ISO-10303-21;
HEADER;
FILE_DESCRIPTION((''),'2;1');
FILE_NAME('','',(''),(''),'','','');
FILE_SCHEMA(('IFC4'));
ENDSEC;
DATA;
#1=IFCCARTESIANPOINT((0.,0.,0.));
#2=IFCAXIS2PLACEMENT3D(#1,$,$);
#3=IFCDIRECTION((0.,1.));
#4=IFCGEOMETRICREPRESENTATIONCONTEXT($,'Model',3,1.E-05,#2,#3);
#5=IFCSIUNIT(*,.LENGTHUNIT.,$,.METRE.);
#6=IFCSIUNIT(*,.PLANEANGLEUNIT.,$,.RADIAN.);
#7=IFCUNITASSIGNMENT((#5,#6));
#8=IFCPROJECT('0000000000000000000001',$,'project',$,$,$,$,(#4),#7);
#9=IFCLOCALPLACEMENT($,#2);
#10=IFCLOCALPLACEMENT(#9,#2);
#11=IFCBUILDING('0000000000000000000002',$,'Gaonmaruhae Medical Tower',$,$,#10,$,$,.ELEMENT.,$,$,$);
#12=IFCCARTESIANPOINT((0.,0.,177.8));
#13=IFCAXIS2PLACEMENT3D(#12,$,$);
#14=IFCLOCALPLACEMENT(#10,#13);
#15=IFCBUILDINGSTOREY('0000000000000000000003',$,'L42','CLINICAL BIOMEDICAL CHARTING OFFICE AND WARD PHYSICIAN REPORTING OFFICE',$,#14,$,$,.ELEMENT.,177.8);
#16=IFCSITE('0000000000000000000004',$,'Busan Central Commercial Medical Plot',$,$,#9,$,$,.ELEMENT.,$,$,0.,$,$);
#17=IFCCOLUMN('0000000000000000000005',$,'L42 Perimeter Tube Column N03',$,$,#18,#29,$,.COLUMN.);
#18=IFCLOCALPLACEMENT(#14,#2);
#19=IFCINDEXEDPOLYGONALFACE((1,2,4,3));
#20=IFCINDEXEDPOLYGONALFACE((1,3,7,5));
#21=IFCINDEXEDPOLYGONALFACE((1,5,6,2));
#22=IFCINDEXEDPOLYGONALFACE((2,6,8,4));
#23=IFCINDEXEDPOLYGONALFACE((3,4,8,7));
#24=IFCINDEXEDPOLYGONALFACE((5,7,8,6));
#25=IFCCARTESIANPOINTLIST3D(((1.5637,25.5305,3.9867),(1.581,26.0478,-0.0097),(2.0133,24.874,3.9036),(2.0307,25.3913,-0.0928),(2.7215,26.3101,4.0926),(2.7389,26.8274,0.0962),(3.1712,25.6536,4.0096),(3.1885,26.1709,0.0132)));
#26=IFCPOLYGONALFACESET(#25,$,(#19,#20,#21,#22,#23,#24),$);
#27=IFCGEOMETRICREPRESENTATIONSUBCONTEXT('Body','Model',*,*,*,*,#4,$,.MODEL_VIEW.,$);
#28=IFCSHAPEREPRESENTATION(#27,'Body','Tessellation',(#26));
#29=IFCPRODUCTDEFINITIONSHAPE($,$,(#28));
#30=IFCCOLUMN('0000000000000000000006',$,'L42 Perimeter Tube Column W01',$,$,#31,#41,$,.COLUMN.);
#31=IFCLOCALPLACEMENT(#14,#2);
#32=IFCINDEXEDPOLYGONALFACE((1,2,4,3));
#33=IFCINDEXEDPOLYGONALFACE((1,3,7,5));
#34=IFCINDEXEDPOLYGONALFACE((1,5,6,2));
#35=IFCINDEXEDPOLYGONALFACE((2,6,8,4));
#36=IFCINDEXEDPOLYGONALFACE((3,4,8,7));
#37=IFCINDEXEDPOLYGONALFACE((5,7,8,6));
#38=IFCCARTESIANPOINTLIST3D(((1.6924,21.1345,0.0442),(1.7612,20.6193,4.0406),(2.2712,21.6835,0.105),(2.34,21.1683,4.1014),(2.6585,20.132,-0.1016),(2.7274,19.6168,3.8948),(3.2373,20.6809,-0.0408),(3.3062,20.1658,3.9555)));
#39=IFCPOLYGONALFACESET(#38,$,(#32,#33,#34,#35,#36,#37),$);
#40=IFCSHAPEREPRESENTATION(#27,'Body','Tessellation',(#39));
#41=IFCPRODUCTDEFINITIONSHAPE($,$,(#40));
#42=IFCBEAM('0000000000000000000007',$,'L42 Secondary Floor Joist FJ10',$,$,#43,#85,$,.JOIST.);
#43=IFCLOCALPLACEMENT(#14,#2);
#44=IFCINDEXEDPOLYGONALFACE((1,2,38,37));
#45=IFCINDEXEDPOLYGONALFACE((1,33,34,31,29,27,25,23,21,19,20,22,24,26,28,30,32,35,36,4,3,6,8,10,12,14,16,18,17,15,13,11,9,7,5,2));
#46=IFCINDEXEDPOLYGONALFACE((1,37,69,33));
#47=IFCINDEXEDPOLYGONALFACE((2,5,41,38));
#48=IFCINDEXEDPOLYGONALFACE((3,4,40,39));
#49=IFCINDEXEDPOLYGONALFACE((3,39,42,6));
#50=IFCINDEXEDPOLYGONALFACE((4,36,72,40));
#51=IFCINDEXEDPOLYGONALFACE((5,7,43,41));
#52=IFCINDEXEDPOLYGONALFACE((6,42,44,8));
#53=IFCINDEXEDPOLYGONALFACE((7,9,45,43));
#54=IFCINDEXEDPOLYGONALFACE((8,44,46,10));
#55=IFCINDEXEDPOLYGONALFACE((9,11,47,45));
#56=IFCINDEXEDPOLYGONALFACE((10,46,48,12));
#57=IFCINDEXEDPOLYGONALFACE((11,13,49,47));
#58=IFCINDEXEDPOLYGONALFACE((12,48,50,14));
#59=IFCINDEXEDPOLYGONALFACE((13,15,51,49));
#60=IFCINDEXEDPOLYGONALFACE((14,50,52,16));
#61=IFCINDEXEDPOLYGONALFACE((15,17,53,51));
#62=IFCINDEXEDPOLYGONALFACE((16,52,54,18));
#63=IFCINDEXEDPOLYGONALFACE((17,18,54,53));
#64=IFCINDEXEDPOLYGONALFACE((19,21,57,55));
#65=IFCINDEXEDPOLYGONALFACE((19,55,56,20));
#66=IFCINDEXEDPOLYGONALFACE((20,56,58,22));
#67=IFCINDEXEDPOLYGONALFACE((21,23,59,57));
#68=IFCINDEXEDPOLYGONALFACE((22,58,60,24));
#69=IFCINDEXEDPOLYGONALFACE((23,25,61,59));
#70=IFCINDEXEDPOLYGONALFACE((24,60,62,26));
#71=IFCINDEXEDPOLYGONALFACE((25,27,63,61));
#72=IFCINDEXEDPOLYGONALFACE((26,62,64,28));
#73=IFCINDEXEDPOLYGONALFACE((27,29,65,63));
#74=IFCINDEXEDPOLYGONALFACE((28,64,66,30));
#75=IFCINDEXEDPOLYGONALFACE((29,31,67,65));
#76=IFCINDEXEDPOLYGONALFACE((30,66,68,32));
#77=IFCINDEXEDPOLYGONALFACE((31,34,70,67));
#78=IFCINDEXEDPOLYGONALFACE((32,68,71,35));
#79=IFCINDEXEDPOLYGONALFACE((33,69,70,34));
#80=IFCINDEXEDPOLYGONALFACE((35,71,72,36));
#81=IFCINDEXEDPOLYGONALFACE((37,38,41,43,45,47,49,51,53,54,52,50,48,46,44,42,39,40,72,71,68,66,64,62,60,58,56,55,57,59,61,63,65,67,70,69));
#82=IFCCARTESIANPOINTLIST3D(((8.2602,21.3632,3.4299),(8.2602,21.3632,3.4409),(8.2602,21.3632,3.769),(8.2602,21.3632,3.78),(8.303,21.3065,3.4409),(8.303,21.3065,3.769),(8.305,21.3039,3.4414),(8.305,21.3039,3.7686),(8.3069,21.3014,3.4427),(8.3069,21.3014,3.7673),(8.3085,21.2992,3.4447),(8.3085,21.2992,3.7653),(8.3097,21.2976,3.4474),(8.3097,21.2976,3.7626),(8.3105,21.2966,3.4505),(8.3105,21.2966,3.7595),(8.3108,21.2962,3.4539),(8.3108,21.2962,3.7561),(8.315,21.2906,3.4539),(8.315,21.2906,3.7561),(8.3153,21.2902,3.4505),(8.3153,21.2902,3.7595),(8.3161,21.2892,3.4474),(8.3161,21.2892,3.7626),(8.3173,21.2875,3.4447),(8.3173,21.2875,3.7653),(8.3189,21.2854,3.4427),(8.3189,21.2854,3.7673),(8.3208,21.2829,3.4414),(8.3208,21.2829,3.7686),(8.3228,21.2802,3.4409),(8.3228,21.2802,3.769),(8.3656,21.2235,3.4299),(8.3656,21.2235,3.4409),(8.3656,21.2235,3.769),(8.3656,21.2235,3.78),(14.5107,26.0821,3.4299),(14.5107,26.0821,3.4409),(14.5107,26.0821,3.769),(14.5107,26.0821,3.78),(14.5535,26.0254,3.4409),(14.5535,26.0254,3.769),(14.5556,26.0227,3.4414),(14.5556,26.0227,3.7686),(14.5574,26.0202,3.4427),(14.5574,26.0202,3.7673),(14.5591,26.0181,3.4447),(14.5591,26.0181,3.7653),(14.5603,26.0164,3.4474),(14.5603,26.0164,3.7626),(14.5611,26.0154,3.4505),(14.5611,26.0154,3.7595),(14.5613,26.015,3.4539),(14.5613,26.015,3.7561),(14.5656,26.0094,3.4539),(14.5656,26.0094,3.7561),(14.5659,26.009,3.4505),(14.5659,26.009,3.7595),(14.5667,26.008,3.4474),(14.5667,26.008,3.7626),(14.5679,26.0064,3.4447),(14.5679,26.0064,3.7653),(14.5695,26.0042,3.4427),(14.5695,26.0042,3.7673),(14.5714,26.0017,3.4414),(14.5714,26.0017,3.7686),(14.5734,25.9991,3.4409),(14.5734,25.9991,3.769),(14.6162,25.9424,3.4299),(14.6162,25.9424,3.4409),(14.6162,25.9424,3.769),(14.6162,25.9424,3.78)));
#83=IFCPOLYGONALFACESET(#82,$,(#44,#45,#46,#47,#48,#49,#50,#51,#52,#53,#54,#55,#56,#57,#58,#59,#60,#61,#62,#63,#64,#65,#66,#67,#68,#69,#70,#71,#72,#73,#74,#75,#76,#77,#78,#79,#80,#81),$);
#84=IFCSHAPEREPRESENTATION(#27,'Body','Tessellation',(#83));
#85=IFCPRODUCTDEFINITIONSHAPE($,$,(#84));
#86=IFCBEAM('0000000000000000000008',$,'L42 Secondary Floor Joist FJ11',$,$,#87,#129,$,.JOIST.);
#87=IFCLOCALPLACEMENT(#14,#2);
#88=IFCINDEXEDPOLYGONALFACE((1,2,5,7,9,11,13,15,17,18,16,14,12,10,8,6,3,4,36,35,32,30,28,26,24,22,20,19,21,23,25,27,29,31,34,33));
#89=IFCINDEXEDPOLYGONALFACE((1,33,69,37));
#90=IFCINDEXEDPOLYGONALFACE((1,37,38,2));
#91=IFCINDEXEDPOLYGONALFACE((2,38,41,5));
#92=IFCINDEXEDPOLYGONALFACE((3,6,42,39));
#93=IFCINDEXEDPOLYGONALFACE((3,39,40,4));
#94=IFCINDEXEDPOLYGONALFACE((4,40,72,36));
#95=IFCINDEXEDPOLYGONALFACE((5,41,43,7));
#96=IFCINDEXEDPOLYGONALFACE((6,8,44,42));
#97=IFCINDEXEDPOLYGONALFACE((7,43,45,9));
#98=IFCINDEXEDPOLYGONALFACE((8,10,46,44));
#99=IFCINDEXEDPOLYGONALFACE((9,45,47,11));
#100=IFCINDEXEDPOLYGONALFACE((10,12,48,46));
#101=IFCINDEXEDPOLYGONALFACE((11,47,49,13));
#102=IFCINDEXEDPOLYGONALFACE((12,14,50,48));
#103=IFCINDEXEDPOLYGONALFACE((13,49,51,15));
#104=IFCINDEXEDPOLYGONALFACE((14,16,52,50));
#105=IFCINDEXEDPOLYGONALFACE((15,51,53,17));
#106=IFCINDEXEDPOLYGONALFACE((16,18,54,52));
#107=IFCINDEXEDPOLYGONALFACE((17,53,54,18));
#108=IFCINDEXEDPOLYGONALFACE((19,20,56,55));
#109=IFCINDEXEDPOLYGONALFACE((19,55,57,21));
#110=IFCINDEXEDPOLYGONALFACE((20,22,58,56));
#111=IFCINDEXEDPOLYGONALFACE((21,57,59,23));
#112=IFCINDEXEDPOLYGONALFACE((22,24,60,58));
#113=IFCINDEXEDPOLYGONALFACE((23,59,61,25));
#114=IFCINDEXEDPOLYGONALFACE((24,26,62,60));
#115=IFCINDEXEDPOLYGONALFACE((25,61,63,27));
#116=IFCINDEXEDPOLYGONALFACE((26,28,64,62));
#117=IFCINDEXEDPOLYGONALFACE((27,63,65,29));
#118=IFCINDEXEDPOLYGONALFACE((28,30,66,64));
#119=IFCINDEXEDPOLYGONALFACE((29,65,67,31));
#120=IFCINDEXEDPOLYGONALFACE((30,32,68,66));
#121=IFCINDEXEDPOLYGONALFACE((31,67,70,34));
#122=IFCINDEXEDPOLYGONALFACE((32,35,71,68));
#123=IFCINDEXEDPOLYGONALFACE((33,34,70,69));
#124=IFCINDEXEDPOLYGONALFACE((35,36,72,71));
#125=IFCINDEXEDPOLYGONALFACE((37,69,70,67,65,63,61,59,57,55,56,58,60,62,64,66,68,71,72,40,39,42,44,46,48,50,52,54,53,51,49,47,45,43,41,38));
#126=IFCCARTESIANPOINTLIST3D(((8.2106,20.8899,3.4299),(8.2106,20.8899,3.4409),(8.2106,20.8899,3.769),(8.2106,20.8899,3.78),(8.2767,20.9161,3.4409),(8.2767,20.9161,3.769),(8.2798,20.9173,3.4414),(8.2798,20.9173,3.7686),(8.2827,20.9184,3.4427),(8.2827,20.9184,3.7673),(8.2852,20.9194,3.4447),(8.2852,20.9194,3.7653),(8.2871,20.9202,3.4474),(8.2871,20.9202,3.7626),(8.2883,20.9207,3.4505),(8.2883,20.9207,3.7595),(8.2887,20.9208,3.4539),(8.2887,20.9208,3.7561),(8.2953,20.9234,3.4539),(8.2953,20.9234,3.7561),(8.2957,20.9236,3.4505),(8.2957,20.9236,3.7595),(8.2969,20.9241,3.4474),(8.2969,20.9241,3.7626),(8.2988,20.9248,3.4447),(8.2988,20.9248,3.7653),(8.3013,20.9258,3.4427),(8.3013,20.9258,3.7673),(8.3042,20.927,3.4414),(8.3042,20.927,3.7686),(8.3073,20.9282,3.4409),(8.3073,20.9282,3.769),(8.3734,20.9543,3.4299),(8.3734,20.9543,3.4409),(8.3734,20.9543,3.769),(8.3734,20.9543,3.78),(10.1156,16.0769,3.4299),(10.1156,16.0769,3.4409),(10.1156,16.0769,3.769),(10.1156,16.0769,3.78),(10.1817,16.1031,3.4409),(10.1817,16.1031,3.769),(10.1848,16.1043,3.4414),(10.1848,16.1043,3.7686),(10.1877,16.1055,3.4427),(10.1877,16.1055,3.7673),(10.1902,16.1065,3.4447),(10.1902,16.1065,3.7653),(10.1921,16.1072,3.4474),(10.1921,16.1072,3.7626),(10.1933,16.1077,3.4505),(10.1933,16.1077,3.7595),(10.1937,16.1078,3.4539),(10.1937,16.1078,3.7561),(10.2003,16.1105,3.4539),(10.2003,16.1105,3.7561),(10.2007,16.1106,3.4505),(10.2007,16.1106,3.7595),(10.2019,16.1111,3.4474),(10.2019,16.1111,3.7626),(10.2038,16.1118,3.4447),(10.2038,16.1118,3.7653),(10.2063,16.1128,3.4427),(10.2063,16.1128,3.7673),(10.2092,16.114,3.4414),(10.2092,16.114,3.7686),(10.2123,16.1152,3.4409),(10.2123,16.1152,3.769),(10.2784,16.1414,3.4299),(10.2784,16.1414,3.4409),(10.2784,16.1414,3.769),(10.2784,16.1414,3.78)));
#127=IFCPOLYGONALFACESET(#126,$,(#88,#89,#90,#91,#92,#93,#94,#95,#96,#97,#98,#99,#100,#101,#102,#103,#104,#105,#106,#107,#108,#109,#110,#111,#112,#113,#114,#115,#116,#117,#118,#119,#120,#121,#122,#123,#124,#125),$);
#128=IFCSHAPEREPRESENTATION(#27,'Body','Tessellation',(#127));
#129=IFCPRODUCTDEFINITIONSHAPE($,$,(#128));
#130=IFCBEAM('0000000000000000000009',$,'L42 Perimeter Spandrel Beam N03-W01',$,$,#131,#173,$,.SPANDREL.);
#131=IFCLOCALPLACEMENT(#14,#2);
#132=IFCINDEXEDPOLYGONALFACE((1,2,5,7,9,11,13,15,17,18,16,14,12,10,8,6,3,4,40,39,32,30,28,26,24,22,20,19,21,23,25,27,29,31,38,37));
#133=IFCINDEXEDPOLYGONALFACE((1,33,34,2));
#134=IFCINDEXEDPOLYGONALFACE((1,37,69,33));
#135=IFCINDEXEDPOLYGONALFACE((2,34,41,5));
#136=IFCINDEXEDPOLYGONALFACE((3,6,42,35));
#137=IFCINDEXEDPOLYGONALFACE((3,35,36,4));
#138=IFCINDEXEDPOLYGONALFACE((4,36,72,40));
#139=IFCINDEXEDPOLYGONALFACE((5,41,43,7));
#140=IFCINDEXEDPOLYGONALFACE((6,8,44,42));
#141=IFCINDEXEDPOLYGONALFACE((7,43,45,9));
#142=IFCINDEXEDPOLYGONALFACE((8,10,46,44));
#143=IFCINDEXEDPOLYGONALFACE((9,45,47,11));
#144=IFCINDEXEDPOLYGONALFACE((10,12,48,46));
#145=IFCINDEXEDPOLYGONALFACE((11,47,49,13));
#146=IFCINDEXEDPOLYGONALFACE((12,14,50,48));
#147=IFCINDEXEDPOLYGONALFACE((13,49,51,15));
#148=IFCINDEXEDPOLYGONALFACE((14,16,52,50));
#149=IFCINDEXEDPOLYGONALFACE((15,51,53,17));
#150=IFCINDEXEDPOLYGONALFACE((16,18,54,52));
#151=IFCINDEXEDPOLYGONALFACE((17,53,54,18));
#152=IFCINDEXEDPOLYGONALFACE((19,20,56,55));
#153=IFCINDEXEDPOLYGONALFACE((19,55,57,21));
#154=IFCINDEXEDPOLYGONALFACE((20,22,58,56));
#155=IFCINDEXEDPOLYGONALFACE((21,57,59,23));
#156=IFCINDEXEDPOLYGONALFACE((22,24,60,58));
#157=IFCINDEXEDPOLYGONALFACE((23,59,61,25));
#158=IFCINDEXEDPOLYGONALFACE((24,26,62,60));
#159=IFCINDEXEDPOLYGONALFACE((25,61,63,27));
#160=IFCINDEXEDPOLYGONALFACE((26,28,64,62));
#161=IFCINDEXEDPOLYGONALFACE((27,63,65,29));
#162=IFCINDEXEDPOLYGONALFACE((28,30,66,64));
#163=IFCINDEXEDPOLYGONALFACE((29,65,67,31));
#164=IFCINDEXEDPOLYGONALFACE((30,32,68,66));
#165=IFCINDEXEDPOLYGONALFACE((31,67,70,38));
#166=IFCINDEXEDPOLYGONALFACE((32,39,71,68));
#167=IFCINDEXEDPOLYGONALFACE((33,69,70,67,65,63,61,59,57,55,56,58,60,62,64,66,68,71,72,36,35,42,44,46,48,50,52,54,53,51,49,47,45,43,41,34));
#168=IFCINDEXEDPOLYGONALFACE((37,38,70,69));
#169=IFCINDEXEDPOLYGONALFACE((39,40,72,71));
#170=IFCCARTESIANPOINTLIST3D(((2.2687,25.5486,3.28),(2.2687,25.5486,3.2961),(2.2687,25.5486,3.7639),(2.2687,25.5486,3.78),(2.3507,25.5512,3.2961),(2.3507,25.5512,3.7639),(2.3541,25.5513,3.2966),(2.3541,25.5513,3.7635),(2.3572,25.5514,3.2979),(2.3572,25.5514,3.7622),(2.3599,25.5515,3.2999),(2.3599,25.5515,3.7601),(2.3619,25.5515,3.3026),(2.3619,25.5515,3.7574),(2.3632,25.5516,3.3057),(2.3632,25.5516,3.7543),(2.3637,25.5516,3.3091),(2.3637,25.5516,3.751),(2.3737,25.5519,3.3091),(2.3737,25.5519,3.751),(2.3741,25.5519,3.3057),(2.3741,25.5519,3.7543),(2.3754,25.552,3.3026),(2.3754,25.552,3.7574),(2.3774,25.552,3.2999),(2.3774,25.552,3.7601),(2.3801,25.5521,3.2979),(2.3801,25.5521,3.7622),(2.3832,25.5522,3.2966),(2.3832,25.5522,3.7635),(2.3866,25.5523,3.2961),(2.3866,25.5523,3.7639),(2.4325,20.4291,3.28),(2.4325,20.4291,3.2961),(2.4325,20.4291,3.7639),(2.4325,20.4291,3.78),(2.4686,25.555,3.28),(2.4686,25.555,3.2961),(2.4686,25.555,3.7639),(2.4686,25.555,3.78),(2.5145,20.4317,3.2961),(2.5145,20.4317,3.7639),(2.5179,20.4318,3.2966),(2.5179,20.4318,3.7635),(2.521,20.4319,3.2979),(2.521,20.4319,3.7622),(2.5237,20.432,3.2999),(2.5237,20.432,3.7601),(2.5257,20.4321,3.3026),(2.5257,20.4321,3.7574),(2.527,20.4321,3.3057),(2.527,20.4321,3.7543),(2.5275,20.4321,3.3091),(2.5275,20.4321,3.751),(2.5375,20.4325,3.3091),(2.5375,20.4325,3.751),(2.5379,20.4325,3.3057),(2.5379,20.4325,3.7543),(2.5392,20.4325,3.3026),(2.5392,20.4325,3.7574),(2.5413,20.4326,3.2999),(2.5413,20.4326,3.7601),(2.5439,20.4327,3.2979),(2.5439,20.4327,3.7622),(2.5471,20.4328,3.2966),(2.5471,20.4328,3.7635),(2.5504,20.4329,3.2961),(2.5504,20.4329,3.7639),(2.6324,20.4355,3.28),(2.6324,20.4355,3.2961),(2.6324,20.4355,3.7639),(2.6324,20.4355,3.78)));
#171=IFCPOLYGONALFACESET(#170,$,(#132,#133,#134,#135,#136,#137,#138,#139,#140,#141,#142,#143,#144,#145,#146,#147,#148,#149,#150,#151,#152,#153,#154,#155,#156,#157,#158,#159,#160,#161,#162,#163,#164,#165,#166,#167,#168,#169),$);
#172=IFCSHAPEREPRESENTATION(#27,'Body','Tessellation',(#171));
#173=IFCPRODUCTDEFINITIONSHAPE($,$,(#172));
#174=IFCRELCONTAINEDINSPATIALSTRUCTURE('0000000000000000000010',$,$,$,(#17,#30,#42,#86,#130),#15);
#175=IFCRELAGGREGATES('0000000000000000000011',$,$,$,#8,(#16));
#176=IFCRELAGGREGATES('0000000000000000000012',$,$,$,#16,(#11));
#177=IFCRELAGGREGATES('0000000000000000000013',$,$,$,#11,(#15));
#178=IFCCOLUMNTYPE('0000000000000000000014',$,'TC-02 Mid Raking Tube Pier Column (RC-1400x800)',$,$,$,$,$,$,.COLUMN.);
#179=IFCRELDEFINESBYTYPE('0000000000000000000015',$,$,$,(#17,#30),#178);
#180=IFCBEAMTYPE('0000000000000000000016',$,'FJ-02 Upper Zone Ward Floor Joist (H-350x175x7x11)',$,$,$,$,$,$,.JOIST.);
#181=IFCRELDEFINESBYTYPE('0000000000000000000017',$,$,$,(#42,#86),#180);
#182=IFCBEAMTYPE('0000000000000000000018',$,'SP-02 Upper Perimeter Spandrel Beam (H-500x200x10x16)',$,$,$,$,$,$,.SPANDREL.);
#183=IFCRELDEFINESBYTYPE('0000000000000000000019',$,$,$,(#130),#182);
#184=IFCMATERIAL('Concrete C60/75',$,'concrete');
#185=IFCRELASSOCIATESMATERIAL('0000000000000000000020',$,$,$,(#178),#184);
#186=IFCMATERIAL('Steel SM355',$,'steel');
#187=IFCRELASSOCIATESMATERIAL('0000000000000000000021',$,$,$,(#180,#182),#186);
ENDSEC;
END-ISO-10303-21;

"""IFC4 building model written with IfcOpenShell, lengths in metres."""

from ifc_helpers import new_model, si_unit, direction, frame, origin, origin_2d, place, context, subcontext, project, spatial, rectangle, i_section, extrude, material, material_profile, profile_set, type_object, element, save


model = new_model("IFC4")

# Units and contexts
model_context = context("Model", 3, precision=1e-05, world=origin(), true_north=direction((0.0, 1.0)))
body_context = subcontext(model_context, "Body", "Model", "MODEL_VIEW")
ifc_project = project(units=[si_unit("LENGTHUNIT", "METRE"), si_unit("PLANEANGLEUNIT", "RADIAN")], contexts=[model_context])

# Site, building, storey
site_placement = place(None, origin())
site = spatial("IfcSite", under=ifc_project, at=site_placement, Name="Busan Central Commercial Medical Plot", CompositionType="ELEMENT", RefElevation=0.0)
building_placement = place(site_placement, origin())
building = spatial("IfcBuilding", under=site, at=building_placement, Name="Gaonmaruhae Medical Tower", CompositionType="ELEMENT")
storey_placement = place(building_placement, frame((0.0, 0.0, 177.8)))
storey = spatial("IfcBuildingStorey", under=building, at=storey_placement, Name="L42", Description="CLINICAL BIOMEDICAL CHARTING OFFICE AND WARD PHYSICIAN REPORTING OFFICE", CompositionType="ELEMENT", Elevation=177.8)

# Columns
ifc_material_1 = material(Name="Concrete C60/75", Category="concrete")
ifc_material_profile_1 = material_profile(ifc_material_1, rectangle(XDim=1.3999, YDim=0.8, at=origin_2d()), Name="RC-1400x800")
ifc_profile_set_1 = profile_set([ifc_material_profile_1], Name="Concrete C60/75")
column_type = type_object("IfcColumnType", Name="TC-02 Mid Raking Tube Pier Column (RC-1400x800)", PredefinedType="COLUMN", material=ifc_profile_set_1)
column_1_placement = place(storey_placement, frame((2.3848, 26.1094, 0.0017), z_axis=(-0.004302, -0.12838, 0.991716), x_axis=(0.827104, 0.55693, 0.075683)))
element("IfcColumn", 1, at=column_1_placement, inside=storey, type_object=column_type, Name="L42 Perimeter Tube Column N03", PredefinedType="COLUMN", context=body_context, shape_type="SweptSolid", body=[
    extrude(rectangle(XDim=1.3999, YDim=0.8, at=origin_2d()), origin(), (0.0, 0.0, 1.0), 4.0298),
])
column_2_placement = place(storey_placement, frame((2.4648, 20.9077, 0.0017), z_axis=(0.017084, -0.127826, 0.991649), x_axis=(-0.690145, 0.71613, 0.1042)))
element("IfcColumn", 2, at=column_2_placement, inside=storey, type_object=column_type, Name="L42 Perimeter Tube Column W01", PredefinedType="COLUMN", context=body_context, shape_type="SweptSolid", body=[
    extrude(rectangle(XDim=1.3999, YDim=0.8, at=origin_2d()), origin(), (0.0, 0.0, 1.0), 4.03),
])

# Beams
ifc_material_2 = material(Name="Steel SM355", Category="steel")
ifc_material_profile_2 = material_profile(ifc_material_2, i_section(OverallWidth=0.175, OverallDepth=0.3501, WebThickness=0.0071, FlangeThickness=0.011, FilletRadius=0.0129, at=origin_2d()), Name="H-350x175x7x11")
ifc_profile_set_2 = profile_set([ifc_material_profile_2], Name="Steel SM355")
beam_type_1 = type_object("IfcBeamType", Name="FJ-02 Upper Zone Ward Floor Joist (H-350x175x7x11)", PredefinedType="JOIST", material=ifc_profile_set_2)
beam_1_placement = place(storey_placement, frame((14.5635, 26.0122, 3.605), z_axis=(-0.798103, -0.602521, 0.0), x_axis=(0.602521, -0.798103, 0.0)))
element("IfcBeam", 3, at=beam_1_placement, inside=storey, type_object=beam_type_1, Name="L42 Secondary Floor Joist FJ10", PredefinedType="JOIST", context=body_context, shape_type="SweptSolid", body=[
    extrude(i_section(OverallWidth=0.175, OverallDepth=0.3501, WebThickness=0.0071, FlangeThickness=0.011, FilletRadius=0.0129, at=origin_2d()), origin(), (0.0, 0.0, 1.0), 7.8318),
])
beam_2_placement = place(storey_placement, frame((8.292, 20.9221, 3.605), z_axis=(0.36803, -0.929814, 0.0), x_axis=(0.929814, 0.36803, 0.0)))
element("IfcBeam", 4, at=beam_2_placement, inside=storey, type_object=beam_type_1, Name="L42 Secondary Floor Joist FJ11", PredefinedType="JOIST", context=body_context, shape_type="SweptSolid", body=[
    extrude(i_section(OverallWidth=0.175, OverallDepth=0.3501, WebThickness=0.0071, FlangeThickness=0.011, FilletRadius=0.0129, at=origin_2d()), origin(), (0.0, 0.0, 1.0), 5.1763),
])
ifc_material_profile_3 = material_profile(ifc_material_2, i_section(OverallWidth=0.2, OverallDepth=0.5, WebThickness=0.01, FlangeThickness=0.0161, FilletRadius=0.0129, at=origin_2d()), Name="H-500x200x10x16")
ifc_profile_set_3 = profile_set([ifc_material_profile_3], Name="Steel SM355")
beam_type_2 = type_object("IfcBeamType", Name="SP-02 Upper Perimeter Spandrel Beam (H-500x200x10x16)", PredefinedType="SPANDREL", material=ifc_profile_set_3)
beam_3_placement = place(storey_placement, frame((2.3687, 25.5518, 3.53), z_axis=(0.031983, -0.999488, 0.0), x_axis=(0.999488, 0.031983, 0.0)))
element("IfcBeam", 5, at=beam_3_placement, inside=storey, type_object=beam_type_2, Name="L42 Perimeter Spandrel Beam N03-W01", PredefinedType="SPANDREL", context=body_context, shape_type="SweptSolid", body=[
    extrude(i_section(OverallWidth=0.2, OverallDepth=0.5, WebThickness=0.01, FlangeThickness=0.0161, FilletRadius=0.0129, at=origin_2d()), origin(), (0.0, 0.0, 1.0), 5.1221),
])

save(model, "model.ifc")
